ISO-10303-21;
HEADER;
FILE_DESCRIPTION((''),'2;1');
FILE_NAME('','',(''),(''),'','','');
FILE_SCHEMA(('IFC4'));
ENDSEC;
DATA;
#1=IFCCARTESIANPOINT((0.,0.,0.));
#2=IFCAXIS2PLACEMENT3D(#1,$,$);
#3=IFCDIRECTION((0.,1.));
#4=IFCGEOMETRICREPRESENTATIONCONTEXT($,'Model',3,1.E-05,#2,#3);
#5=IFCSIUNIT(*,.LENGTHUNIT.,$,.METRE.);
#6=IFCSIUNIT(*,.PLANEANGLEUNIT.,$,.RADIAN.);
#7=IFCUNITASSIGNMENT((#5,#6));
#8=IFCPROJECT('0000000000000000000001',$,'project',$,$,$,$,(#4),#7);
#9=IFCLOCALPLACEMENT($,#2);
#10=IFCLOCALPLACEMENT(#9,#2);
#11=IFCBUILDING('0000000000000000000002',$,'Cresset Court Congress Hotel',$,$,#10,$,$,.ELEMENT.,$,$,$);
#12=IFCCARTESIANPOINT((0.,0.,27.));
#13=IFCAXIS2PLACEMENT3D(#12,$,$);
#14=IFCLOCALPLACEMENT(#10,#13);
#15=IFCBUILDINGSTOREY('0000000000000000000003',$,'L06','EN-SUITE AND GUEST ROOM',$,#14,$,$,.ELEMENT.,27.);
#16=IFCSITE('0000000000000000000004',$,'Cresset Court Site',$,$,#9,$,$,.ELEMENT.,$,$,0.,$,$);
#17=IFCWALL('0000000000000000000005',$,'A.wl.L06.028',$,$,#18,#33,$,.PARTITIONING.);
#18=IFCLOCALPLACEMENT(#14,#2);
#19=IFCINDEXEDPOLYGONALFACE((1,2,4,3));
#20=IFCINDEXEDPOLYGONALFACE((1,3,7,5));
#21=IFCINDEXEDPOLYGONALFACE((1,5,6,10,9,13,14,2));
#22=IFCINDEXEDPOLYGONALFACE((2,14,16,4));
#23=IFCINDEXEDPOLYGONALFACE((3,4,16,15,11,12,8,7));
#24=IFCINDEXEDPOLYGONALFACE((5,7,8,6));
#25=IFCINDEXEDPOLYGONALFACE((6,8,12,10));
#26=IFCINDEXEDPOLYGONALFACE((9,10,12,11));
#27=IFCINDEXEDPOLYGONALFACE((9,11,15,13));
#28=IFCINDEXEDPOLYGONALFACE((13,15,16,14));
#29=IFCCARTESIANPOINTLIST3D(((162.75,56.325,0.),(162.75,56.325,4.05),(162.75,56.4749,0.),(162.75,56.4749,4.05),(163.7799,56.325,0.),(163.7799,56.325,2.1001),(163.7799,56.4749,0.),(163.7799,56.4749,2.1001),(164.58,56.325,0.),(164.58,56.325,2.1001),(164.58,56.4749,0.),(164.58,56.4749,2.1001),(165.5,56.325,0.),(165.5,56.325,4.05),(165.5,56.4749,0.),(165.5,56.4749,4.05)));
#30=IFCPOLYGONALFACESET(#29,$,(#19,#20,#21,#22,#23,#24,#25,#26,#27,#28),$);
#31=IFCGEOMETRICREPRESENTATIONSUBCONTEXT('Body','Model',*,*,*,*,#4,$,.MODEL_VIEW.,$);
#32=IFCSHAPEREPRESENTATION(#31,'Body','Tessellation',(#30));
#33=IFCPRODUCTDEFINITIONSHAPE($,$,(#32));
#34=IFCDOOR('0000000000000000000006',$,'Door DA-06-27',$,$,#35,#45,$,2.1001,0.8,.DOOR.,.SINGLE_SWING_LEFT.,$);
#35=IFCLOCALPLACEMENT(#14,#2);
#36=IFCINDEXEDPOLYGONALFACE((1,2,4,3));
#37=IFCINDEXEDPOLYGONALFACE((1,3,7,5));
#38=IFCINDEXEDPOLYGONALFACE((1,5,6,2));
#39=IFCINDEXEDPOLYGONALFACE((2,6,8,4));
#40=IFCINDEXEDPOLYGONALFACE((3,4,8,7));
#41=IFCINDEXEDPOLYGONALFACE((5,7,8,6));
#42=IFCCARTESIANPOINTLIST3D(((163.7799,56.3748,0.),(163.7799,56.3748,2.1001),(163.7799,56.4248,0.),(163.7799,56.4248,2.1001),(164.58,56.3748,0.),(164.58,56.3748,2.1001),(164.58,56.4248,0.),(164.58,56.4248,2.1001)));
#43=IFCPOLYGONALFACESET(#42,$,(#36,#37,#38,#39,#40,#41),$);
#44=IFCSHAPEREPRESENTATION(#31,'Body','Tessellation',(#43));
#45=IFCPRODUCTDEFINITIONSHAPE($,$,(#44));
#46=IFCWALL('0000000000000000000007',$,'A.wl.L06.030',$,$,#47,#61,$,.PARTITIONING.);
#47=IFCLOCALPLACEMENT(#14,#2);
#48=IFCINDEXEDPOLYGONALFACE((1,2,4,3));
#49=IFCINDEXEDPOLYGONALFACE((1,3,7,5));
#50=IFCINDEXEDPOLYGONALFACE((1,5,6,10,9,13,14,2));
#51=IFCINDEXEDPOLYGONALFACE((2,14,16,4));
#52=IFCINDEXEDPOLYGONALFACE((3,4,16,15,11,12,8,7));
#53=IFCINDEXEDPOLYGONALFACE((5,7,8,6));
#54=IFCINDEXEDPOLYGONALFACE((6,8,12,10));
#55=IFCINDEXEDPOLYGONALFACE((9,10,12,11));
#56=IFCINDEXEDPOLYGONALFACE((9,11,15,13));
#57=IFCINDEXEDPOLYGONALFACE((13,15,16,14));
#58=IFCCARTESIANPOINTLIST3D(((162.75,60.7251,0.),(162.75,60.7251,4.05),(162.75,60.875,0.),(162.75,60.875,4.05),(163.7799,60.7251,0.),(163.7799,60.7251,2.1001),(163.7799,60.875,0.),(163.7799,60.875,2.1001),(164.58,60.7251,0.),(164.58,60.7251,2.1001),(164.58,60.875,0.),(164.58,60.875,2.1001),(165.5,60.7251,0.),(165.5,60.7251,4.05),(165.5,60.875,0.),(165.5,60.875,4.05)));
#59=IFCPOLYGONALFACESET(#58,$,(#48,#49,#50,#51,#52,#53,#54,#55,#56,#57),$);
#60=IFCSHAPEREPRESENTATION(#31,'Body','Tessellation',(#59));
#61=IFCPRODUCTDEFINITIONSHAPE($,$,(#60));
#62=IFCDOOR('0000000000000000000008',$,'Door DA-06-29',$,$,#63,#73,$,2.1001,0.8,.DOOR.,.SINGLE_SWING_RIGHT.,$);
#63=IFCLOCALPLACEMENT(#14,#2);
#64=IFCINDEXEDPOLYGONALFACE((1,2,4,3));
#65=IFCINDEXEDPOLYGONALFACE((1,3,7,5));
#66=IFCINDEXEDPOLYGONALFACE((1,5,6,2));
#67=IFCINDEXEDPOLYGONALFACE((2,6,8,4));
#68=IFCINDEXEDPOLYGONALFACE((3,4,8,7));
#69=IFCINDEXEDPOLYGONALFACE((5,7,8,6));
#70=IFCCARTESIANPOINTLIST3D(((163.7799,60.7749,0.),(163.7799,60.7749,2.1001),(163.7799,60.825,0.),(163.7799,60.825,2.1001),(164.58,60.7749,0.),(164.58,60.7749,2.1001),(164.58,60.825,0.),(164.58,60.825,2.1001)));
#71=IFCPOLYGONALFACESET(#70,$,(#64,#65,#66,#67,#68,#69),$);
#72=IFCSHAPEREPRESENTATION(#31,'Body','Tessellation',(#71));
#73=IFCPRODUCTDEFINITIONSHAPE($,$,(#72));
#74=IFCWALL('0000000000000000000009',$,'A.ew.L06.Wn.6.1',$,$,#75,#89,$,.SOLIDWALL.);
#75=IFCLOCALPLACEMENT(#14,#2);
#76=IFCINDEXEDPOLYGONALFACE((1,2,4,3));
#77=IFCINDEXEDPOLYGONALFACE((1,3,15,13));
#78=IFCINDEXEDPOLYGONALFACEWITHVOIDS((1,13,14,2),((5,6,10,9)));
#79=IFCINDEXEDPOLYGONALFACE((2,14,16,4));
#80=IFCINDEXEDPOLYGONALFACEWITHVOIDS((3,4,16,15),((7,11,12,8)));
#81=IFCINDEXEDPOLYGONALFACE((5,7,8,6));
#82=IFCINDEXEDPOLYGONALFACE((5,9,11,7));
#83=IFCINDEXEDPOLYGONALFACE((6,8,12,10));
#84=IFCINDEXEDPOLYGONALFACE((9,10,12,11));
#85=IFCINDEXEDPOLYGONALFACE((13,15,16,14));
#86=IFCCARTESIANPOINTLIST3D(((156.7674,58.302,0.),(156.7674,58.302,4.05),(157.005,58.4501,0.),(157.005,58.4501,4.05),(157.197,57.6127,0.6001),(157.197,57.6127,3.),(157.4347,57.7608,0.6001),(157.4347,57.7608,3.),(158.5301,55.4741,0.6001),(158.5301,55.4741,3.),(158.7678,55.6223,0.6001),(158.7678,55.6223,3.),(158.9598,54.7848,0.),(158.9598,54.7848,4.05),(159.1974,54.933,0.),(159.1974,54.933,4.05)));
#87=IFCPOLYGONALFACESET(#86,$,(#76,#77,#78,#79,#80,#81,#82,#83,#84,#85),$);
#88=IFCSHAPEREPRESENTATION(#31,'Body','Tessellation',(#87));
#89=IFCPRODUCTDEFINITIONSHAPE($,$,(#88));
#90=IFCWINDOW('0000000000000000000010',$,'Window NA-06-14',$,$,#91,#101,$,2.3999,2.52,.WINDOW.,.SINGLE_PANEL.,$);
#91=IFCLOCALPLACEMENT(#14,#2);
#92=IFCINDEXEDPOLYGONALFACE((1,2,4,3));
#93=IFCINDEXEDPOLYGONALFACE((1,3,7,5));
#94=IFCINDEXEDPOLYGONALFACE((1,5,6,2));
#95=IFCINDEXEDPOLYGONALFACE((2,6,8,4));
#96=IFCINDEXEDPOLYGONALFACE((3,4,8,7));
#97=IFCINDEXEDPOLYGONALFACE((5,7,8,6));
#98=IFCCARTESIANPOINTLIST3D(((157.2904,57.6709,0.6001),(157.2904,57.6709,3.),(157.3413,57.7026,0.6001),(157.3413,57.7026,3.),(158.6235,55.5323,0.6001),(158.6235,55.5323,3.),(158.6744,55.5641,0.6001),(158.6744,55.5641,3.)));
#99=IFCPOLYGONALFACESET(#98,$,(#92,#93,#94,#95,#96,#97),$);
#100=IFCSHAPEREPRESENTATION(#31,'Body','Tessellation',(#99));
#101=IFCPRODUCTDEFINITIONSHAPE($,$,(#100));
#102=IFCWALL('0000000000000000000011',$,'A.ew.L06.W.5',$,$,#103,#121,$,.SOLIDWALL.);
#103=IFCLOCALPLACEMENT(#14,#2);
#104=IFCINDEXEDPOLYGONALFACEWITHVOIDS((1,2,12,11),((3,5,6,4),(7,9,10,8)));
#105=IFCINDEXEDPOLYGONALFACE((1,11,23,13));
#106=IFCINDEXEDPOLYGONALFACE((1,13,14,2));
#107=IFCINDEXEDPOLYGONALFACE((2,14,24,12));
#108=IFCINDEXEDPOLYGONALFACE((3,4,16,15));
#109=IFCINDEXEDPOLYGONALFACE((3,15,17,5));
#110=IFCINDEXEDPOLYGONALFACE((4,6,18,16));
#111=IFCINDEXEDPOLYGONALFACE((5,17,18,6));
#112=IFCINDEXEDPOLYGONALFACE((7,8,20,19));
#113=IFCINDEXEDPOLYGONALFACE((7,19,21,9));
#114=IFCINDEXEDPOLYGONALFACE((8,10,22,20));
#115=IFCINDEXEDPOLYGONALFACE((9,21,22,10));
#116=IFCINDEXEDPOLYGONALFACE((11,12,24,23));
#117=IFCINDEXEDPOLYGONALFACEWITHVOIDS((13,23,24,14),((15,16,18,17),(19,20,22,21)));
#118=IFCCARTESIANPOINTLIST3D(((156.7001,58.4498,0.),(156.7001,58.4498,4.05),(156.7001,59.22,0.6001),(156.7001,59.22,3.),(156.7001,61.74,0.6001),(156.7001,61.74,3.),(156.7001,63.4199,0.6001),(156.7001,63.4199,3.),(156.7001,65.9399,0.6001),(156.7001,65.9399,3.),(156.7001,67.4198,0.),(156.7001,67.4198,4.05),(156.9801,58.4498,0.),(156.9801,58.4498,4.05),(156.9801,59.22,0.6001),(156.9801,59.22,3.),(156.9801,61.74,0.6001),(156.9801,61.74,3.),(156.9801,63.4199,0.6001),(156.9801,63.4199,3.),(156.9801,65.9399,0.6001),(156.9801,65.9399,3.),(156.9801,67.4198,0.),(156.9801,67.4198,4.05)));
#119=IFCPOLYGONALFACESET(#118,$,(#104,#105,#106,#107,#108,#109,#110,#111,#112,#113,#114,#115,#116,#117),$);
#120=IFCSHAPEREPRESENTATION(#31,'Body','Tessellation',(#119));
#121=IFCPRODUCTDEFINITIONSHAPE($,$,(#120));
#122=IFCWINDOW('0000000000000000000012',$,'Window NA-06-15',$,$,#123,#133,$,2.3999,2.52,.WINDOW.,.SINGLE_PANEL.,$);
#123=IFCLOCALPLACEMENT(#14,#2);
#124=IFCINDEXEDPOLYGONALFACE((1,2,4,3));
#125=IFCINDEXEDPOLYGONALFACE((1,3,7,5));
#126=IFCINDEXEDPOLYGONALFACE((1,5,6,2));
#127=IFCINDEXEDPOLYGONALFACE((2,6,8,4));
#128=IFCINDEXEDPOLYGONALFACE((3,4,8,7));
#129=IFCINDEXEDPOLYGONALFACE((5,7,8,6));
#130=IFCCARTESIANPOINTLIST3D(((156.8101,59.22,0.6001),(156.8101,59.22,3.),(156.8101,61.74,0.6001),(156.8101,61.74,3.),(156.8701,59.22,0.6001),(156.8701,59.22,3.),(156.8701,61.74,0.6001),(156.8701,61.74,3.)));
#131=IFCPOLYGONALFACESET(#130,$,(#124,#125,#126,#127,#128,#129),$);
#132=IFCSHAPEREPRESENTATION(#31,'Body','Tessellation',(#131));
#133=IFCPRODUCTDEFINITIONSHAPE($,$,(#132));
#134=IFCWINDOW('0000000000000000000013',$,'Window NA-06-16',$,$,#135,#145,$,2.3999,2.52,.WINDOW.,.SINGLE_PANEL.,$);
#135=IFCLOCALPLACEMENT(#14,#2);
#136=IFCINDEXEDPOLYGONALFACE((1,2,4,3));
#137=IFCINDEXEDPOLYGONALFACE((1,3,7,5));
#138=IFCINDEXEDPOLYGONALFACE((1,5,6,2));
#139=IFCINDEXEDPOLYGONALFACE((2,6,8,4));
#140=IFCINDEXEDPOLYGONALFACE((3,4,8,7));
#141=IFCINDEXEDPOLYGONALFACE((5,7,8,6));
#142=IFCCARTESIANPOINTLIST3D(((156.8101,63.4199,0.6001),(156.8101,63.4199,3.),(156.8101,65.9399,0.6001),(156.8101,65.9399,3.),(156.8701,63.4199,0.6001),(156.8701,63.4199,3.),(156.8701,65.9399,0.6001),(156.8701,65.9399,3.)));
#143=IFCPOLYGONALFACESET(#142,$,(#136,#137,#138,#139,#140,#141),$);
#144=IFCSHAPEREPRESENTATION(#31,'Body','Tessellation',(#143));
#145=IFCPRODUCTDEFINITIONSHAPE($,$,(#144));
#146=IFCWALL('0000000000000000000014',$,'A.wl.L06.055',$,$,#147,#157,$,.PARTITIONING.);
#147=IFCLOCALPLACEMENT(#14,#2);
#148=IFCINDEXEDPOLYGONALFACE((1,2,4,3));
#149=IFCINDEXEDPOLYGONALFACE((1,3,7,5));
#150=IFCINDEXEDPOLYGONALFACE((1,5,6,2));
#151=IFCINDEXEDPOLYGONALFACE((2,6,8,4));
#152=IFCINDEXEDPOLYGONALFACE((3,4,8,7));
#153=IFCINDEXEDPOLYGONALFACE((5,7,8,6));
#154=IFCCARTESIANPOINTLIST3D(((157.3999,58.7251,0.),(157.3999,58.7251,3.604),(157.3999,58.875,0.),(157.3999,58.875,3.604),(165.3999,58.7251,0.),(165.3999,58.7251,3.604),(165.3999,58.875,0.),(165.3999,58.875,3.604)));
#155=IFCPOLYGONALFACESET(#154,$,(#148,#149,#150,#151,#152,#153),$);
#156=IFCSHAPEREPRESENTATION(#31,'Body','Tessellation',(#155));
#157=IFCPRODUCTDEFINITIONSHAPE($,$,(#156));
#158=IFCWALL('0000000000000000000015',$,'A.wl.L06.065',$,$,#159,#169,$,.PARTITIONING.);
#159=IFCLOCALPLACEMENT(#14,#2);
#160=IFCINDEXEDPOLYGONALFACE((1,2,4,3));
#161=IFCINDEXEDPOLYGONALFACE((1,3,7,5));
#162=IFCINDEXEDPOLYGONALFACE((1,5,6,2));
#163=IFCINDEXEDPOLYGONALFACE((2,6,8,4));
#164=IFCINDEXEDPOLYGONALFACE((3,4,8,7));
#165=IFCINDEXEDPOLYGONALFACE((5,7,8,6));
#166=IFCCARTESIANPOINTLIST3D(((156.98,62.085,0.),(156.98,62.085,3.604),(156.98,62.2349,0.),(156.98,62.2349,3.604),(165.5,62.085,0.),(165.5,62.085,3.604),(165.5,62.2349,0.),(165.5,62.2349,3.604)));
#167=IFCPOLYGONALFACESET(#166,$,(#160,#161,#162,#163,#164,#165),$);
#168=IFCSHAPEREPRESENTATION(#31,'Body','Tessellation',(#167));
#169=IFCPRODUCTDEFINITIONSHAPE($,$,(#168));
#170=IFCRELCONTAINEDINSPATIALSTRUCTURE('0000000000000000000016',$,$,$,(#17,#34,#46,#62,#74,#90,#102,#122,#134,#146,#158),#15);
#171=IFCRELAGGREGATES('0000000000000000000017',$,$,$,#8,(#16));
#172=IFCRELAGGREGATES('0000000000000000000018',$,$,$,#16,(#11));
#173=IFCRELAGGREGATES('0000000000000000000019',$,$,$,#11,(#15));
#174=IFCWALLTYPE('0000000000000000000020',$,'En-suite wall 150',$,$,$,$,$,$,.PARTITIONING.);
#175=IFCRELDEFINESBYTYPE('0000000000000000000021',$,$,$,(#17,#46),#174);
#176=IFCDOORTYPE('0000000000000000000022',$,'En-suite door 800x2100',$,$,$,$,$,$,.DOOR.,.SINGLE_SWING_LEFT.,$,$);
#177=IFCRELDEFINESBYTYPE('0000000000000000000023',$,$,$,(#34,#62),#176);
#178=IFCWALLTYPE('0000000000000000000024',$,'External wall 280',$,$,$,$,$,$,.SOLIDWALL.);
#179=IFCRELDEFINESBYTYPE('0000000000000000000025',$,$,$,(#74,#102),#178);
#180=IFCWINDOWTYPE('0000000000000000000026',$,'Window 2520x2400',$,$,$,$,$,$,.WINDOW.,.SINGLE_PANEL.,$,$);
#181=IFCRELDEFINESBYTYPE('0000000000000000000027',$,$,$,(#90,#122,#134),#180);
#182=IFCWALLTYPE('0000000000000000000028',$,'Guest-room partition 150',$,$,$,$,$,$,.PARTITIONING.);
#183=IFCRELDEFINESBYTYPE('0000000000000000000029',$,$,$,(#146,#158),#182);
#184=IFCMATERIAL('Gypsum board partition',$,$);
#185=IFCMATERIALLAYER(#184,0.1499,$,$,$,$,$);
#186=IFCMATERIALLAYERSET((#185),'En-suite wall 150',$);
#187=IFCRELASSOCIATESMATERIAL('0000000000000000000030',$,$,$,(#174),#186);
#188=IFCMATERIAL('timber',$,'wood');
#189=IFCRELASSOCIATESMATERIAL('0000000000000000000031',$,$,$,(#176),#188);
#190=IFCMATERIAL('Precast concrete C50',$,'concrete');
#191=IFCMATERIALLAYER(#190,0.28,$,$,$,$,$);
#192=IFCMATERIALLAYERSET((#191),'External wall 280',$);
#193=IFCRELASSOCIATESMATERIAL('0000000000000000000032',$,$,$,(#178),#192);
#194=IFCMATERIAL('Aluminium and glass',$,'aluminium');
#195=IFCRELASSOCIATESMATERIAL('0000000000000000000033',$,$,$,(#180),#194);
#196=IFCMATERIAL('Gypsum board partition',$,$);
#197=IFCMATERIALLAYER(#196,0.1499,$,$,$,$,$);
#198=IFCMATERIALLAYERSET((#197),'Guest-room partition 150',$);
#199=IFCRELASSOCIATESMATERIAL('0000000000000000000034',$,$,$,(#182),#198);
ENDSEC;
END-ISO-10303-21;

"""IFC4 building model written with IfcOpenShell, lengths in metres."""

from ifc_helpers import new_model, si_unit, direction, frame, frame_2d, origin, place, context, subcontext, project, spatial, rectangle, extrude, material, layer, layer_set, type_object, element, fill, save


model = new_model("IFC4")

# Units and contexts
model_context = context("Model", 3, precision=1e-05, world=origin(), true_north=direction((0.0, 1.0)))
body_context = subcontext(model_context, "Body", "Model", "MODEL_VIEW")
ifc_project = project(units=[si_unit("LENGTHUNIT", "METRE"), si_unit("PLANEANGLEUNIT", "RADIAN")], contexts=[model_context])

# Site, building, storey
site_placement = place(None, origin())
site = spatial("IfcSite", under=ifc_project, at=site_placement, Name="Cresset Court Site", CompositionType="ELEMENT", RefElevation=0.0)
building_placement = place(site_placement, origin())
building = spatial("IfcBuilding", under=site, at=building_placement, Name="Cresset Court Congress Hotel", CompositionType="ELEMENT")
storey_placement = place(building_placement, frame((0.0, 0.0, 27.0)))
storey = spatial("IfcBuildingStorey", under=building, at=storey_placement, Name="L06", Description="EN-SUITE AND GUEST ROOM", CompositionType="ELEMENT", Elevation=27.0)

# Walls, openings, doors
ifc_material_1 = material(Name="Gypsum board partition")
ifc_layer_1 = layer(ifc_material_1, 0.1499)
ifc_layer_set_1 = layer_set([ifc_layer_1], Name="En-suite wall 150")
wall_type_1 = type_object("IfcWallType", Name="En-suite wall 150", PredefinedType="PARTITIONING", material=ifc_layer_set_1)
wall_1_placement = place(storey_placement, frame((162.75, 56.3999, 0.0), z_axis=(0.0, 0.0, 1.0), x_axis=(1.0, 0.0, 0.0)))
wall_1 = element("IfcWall", 1, at=wall_1_placement, inside=storey, type_object=wall_type_1, Name="A.wl.L06.028", PredefinedType="PARTITIONING", context=body_context, shape_type="SweptSolid", body=[
    extrude(rectangle(XDim=2.75, YDim=0.1499, at=frame_2d((1.375, 0.0))), origin(), (0.0, 0.0, 1.0), 4.05),
])
opening_1_placement = place(wall_1_placement, frame((1.03, 0.0, 0.0)))
opening_1 = element("IfcOpeningElement", 2, at=opening_1_placement, cuts=wall_1, PredefinedType="OPENING", context=body_context, shape_type="SweptSolid", body=[
    extrude(rectangle(XDim=0.8, YDim=2.1001, at=frame_2d((0.3999, 1.05))), frame((0.0, 0.085, 0.0), z_axis=(0.0, -1.0, 0.0), x_axis=(1.0, 0.0, 0.0)), (0.0, 0.0, 1.0), 0.1699),
])
ifc_material_2 = material(Name="timber", Category="wood")
door_type = type_object("IfcDoorType", Name="En-suite door 800x2100", OperationType="SINGLE_SWING_LEFT", PredefinedType="DOOR", material=ifc_material_2)
door_1_placement = place(opening_1_placement, origin())
door_1 = element("IfcDoor", 3, at=door_1_placement, inside=storey, type_object=door_type, Name="Door DA-06-27", OperationType="SINGLE_SWING_LEFT", OverallHeight=2.1001, OverallWidth=0.8, PredefinedType="DOOR", context=body_context, shape_type="SweptSolid", body=[
    extrude(rectangle(XDim=0.8, YDim=2.1001, at=frame_2d((0.3999, 1.05))), frame((0.0, 0.0249, 0.0), z_axis=(0.0, -1.0, 0.0), x_axis=(1.0, 0.0, 0.0)), (0.0, 0.0, 1.0), 0.05),
])
fill(opening_1, door_1)
wall_2_placement = place(storey_placement, frame((162.75, 60.8, 0.0), z_axis=(0.0, 0.0, 1.0), x_axis=(1.0, 0.0, 0.0)))
wall_2 = element("IfcWall", 4, at=wall_2_placement, inside=storey, type_object=wall_type_1, Name="A.wl.L06.030", PredefinedType="PARTITIONING", context=body_context, shape_type="SweptSolid", body=[
    extrude(rectangle(XDim=2.75, YDim=0.1499, at=frame_2d((1.375, 0.0))), origin(), (0.0, 0.0, 1.0), 4.05),
])
opening_2_placement = place(wall_2_placement, frame((1.03, 0.0, 0.0)))
opening_2 = element("IfcOpeningElement", 5, at=opening_2_placement, cuts=wall_2, PredefinedType="OPENING", context=body_context, shape_type="SweptSolid", body=[
    extrude(rectangle(XDim=0.8, YDim=2.1001, at=frame_2d((0.3999, 1.05))), frame((0.0, 0.085, 0.0), z_axis=(0.0, -1.0, 0.0), x_axis=(1.0, 0.0, 0.0)), (0.0, 0.0, 1.0), 0.1699),
])
door_2_placement = place(opening_2_placement, origin())
door_2 = element("IfcDoor", 6, at=door_2_placement, inside=storey, type_object=door_type, Name="Door DA-06-29", OperationType="SINGLE_SWING_RIGHT", OverallHeight=2.1001, OverallWidth=0.8, PredefinedType="DOOR", context=body_context, shape_type="SweptSolid", body=[
    extrude(rectangle(XDim=0.8, YDim=2.1001, at=frame_2d((0.3999, 1.05))), frame((0.0, 0.0249, 0.0), z_axis=(0.0, -1.0, 0.0), x_axis=(1.0, 0.0, 0.0)), (0.0, 0.0, 1.0), 0.05),
])
fill(opening_2, door_2)

# Wall, opening, window
ifc_material_3 = material(Name="Precast concrete C50", Category="concrete")
ifc_layer_2 = layer(ifc_material_3, 0.28)
ifc_layer_set_2 = layer_set([ifc_layer_2], Name="External wall 280")
wall_type_2 = type_object("IfcWallType", Name="External wall 280", PredefinedType="SOLIDWALL", material=ifc_layer_set_2)
wall_3_placement = place(storey_placement, frame((159.0786, 54.8589, 0.0), z_axis=(0.0, 0.0, 1.0), x_axis=(-0.528993, 0.848626, 0.0)))
wall_3 = element("IfcWall", 7, at=wall_3_placement, inside=storey, type_object=wall_type_2, Name="A.ew.L06.Wn.6.1", PredefinedType="SOLIDWALL", context=body_context, shape_type="SweptSolid", body=[
    extrude(rectangle(XDim=4.1445, YDim=0.28, at=frame_2d((2.0723, 0.0))), origin(), (0.0, 0.0, 1.0), 4.05),
])
opening_3_placement = place(wall_3_placement, frame((0.8123, 0.0, 0.6001)))
opening_3 = element("IfcOpeningElement", 8, at=opening_3_placement, cuts=wall_3, PredefinedType="OPENING", context=body_context, shape_type="SweptSolid", body=[
    extrude(rectangle(XDim=2.52, YDim=2.3999, at=frame_2d((1.26, 1.2))), frame((0.0, 0.1499, 0.0), z_axis=(0.0, -1.0, 0.0), x_axis=(1.0, 0.0, 0.0)), (0.0, 0.0, 1.0), 0.3),
])
ifc_material_4 = material(Name="Aluminium and glass", Category="aluminium")
window_type = type_object("IfcWindowType", Name="Window 2520x2400", PartitioningType="SINGLE_PANEL", PredefinedType="WINDOW", material=ifc_material_4)
window_1_placement = place(opening_3_placement, origin())
window_1 = element("IfcWindow", 9, at=window_1_placement, inside=storey, type_object=window_type, Name="Window NA-06-14", OverallHeight=2.3999, OverallWidth=2.52, PartitioningType="SINGLE_PANEL", PredefinedType="WINDOW", context=body_context, shape_type="SweptSolid", body=[
    extrude(rectangle(XDim=2.52, YDim=2.3999, at=frame_2d((1.26, 1.2))), frame((0.0, 0.03, 0.0), z_axis=(0.0, -1.0, 0.0), x_axis=(1.0, 0.0, 0.0)), (0.0, 0.0, 1.0), 0.0601),
])
fill(opening_3, window_1)

# Wall, openings, windows
wall_4_placement = place(storey_placement, frame((156.8401, 58.45, 0.0), z_axis=(0.0, 0.0, 1.0), x_axis=(0.0, 1.0, 0.0)))
wall_4 = element("IfcWall", 10, at=wall_4_placement, inside=storey, type_object=wall_type_2, Name="A.ew.L06.W.5", PredefinedType="SOLIDWALL", context=body_context, shape_type="SweptSolid", body=[
    extrude(rectangle(XDim=8.97, YDim=0.28, at=frame_2d((4.4849, 0.0))), origin(), (0.0, 0.0, 1.0), 4.05),
])
opening_4_placement = place(wall_4_placement, frame((0.77, 0.0, 0.6001)))
opening_4 = element("IfcOpeningElement", 11, at=opening_4_placement, cuts=wall_4, PredefinedType="OPENING", context=body_context, shape_type="SweptSolid", body=[
    extrude(rectangle(XDim=2.52, YDim=2.3999, at=frame_2d((1.26, 1.2))), frame((0.0, 0.1499, 0.0), z_axis=(0.0, -1.0, 0.0), x_axis=(1.0, 0.0, 0.0)), (0.0, 0.0, 1.0), 0.3),
])
opening_5_placement = place(wall_4_placement, frame((4.97, 0.0, 0.6001)))
opening_5 = element("IfcOpeningElement", 12, at=opening_5_placement, cuts=wall_4, PredefinedType="OPENING", context=body_context, shape_type="SweptSolid", body=[
    extrude(rectangle(XDim=2.52, YDim=2.3999, at=frame_2d((1.26, 1.2))), frame((0.0, 0.1499, 0.0), z_axis=(0.0, -1.0, 0.0), x_axis=(1.0, 0.0, 0.0)), (0.0, 0.0, 1.0), 0.3),
])
window_2_placement = place(opening_4_placement, origin())
window_2 = element("IfcWindow", 13, at=window_2_placement, inside=storey, type_object=window_type, Name="Window NA-06-15", OverallHeight=2.3999, OverallWidth=2.52, PartitioningType="SINGLE_PANEL", PredefinedType="WINDOW", context=body_context, shape_type="SweptSolid", body=[
    extrude(rectangle(XDim=2.52, YDim=2.3999, at=frame_2d((1.26, 1.2))), frame((0.0, 0.03, 0.0), z_axis=(0.0, -1.0, 0.0), x_axis=(1.0, 0.0, 0.0)), (0.0, 0.0, 1.0), 0.0601),
])
fill(opening_4, window_2)
window_3_placement = place(opening_5_placement, origin())
window_3 = element("IfcWindow", 14, at=window_3_placement, inside=storey, type_object=window_type, Name="Window NA-06-16", OverallHeight=2.3999, OverallWidth=2.52, PartitioningType="SINGLE_PANEL", PredefinedType="WINDOW", context=body_context, shape_type="SweptSolid", body=[
    extrude(rectangle(XDim=2.52, YDim=2.3999, at=frame_2d((1.26, 1.2))), frame((0.0, 0.03, 0.0), z_axis=(0.0, -1.0, 0.0), x_axis=(1.0, 0.0, 0.0)), (0.0, 0.0, 1.0), 0.0601),
])
fill(opening_5, window_3)

# Walls
ifc_material_5 = material(Name="Gypsum board partition")
ifc_layer_3 = layer(ifc_material_5, 0.1499)
ifc_layer_set_3 = layer_set([ifc_layer_3], Name="Guest-room partition 150")
wall_type_3 = type_object("IfcWallType", Name="Guest-room partition 150", PredefinedType="PARTITIONING", material=ifc_layer_set_3)
wall_5_placement = place(storey_placement, frame((157.3999, 58.8, 0.0), z_axis=(0.0, 0.0, 1.0), x_axis=(1.0, 0.0, 0.0)))
element("IfcWall", 15, at=wall_5_placement, inside=storey, type_object=wall_type_3, Name="A.wl.L06.055", PredefinedType="PARTITIONING", context=body_context, shape_type="SweptSolid", body=[
    extrude(rectangle(XDim=8.0, YDim=0.1499, at=frame_2d((4.0, 0.0))), origin(), (0.0, 0.0, 1.0), 3.604),
])
wall_6_placement = place(storey_placement, frame((156.98, 62.1599, 0.0), z_axis=(0.0, 0.0, 1.0), x_axis=(1.0, 0.0, 0.0)))
element("IfcWall", 16, at=wall_6_placement, inside=storey, type_object=wall_type_3, Name="A.wl.L06.065", PredefinedType="PARTITIONING", context=body_context, shape_type="SweptSolid", body=[
    extrude(rectangle(XDim=8.52, YDim=0.1499, at=frame_2d((4.26, 0.0))), origin(), (0.0, 0.0, 1.0), 3.604),
])

save(model, "model.ifc")
